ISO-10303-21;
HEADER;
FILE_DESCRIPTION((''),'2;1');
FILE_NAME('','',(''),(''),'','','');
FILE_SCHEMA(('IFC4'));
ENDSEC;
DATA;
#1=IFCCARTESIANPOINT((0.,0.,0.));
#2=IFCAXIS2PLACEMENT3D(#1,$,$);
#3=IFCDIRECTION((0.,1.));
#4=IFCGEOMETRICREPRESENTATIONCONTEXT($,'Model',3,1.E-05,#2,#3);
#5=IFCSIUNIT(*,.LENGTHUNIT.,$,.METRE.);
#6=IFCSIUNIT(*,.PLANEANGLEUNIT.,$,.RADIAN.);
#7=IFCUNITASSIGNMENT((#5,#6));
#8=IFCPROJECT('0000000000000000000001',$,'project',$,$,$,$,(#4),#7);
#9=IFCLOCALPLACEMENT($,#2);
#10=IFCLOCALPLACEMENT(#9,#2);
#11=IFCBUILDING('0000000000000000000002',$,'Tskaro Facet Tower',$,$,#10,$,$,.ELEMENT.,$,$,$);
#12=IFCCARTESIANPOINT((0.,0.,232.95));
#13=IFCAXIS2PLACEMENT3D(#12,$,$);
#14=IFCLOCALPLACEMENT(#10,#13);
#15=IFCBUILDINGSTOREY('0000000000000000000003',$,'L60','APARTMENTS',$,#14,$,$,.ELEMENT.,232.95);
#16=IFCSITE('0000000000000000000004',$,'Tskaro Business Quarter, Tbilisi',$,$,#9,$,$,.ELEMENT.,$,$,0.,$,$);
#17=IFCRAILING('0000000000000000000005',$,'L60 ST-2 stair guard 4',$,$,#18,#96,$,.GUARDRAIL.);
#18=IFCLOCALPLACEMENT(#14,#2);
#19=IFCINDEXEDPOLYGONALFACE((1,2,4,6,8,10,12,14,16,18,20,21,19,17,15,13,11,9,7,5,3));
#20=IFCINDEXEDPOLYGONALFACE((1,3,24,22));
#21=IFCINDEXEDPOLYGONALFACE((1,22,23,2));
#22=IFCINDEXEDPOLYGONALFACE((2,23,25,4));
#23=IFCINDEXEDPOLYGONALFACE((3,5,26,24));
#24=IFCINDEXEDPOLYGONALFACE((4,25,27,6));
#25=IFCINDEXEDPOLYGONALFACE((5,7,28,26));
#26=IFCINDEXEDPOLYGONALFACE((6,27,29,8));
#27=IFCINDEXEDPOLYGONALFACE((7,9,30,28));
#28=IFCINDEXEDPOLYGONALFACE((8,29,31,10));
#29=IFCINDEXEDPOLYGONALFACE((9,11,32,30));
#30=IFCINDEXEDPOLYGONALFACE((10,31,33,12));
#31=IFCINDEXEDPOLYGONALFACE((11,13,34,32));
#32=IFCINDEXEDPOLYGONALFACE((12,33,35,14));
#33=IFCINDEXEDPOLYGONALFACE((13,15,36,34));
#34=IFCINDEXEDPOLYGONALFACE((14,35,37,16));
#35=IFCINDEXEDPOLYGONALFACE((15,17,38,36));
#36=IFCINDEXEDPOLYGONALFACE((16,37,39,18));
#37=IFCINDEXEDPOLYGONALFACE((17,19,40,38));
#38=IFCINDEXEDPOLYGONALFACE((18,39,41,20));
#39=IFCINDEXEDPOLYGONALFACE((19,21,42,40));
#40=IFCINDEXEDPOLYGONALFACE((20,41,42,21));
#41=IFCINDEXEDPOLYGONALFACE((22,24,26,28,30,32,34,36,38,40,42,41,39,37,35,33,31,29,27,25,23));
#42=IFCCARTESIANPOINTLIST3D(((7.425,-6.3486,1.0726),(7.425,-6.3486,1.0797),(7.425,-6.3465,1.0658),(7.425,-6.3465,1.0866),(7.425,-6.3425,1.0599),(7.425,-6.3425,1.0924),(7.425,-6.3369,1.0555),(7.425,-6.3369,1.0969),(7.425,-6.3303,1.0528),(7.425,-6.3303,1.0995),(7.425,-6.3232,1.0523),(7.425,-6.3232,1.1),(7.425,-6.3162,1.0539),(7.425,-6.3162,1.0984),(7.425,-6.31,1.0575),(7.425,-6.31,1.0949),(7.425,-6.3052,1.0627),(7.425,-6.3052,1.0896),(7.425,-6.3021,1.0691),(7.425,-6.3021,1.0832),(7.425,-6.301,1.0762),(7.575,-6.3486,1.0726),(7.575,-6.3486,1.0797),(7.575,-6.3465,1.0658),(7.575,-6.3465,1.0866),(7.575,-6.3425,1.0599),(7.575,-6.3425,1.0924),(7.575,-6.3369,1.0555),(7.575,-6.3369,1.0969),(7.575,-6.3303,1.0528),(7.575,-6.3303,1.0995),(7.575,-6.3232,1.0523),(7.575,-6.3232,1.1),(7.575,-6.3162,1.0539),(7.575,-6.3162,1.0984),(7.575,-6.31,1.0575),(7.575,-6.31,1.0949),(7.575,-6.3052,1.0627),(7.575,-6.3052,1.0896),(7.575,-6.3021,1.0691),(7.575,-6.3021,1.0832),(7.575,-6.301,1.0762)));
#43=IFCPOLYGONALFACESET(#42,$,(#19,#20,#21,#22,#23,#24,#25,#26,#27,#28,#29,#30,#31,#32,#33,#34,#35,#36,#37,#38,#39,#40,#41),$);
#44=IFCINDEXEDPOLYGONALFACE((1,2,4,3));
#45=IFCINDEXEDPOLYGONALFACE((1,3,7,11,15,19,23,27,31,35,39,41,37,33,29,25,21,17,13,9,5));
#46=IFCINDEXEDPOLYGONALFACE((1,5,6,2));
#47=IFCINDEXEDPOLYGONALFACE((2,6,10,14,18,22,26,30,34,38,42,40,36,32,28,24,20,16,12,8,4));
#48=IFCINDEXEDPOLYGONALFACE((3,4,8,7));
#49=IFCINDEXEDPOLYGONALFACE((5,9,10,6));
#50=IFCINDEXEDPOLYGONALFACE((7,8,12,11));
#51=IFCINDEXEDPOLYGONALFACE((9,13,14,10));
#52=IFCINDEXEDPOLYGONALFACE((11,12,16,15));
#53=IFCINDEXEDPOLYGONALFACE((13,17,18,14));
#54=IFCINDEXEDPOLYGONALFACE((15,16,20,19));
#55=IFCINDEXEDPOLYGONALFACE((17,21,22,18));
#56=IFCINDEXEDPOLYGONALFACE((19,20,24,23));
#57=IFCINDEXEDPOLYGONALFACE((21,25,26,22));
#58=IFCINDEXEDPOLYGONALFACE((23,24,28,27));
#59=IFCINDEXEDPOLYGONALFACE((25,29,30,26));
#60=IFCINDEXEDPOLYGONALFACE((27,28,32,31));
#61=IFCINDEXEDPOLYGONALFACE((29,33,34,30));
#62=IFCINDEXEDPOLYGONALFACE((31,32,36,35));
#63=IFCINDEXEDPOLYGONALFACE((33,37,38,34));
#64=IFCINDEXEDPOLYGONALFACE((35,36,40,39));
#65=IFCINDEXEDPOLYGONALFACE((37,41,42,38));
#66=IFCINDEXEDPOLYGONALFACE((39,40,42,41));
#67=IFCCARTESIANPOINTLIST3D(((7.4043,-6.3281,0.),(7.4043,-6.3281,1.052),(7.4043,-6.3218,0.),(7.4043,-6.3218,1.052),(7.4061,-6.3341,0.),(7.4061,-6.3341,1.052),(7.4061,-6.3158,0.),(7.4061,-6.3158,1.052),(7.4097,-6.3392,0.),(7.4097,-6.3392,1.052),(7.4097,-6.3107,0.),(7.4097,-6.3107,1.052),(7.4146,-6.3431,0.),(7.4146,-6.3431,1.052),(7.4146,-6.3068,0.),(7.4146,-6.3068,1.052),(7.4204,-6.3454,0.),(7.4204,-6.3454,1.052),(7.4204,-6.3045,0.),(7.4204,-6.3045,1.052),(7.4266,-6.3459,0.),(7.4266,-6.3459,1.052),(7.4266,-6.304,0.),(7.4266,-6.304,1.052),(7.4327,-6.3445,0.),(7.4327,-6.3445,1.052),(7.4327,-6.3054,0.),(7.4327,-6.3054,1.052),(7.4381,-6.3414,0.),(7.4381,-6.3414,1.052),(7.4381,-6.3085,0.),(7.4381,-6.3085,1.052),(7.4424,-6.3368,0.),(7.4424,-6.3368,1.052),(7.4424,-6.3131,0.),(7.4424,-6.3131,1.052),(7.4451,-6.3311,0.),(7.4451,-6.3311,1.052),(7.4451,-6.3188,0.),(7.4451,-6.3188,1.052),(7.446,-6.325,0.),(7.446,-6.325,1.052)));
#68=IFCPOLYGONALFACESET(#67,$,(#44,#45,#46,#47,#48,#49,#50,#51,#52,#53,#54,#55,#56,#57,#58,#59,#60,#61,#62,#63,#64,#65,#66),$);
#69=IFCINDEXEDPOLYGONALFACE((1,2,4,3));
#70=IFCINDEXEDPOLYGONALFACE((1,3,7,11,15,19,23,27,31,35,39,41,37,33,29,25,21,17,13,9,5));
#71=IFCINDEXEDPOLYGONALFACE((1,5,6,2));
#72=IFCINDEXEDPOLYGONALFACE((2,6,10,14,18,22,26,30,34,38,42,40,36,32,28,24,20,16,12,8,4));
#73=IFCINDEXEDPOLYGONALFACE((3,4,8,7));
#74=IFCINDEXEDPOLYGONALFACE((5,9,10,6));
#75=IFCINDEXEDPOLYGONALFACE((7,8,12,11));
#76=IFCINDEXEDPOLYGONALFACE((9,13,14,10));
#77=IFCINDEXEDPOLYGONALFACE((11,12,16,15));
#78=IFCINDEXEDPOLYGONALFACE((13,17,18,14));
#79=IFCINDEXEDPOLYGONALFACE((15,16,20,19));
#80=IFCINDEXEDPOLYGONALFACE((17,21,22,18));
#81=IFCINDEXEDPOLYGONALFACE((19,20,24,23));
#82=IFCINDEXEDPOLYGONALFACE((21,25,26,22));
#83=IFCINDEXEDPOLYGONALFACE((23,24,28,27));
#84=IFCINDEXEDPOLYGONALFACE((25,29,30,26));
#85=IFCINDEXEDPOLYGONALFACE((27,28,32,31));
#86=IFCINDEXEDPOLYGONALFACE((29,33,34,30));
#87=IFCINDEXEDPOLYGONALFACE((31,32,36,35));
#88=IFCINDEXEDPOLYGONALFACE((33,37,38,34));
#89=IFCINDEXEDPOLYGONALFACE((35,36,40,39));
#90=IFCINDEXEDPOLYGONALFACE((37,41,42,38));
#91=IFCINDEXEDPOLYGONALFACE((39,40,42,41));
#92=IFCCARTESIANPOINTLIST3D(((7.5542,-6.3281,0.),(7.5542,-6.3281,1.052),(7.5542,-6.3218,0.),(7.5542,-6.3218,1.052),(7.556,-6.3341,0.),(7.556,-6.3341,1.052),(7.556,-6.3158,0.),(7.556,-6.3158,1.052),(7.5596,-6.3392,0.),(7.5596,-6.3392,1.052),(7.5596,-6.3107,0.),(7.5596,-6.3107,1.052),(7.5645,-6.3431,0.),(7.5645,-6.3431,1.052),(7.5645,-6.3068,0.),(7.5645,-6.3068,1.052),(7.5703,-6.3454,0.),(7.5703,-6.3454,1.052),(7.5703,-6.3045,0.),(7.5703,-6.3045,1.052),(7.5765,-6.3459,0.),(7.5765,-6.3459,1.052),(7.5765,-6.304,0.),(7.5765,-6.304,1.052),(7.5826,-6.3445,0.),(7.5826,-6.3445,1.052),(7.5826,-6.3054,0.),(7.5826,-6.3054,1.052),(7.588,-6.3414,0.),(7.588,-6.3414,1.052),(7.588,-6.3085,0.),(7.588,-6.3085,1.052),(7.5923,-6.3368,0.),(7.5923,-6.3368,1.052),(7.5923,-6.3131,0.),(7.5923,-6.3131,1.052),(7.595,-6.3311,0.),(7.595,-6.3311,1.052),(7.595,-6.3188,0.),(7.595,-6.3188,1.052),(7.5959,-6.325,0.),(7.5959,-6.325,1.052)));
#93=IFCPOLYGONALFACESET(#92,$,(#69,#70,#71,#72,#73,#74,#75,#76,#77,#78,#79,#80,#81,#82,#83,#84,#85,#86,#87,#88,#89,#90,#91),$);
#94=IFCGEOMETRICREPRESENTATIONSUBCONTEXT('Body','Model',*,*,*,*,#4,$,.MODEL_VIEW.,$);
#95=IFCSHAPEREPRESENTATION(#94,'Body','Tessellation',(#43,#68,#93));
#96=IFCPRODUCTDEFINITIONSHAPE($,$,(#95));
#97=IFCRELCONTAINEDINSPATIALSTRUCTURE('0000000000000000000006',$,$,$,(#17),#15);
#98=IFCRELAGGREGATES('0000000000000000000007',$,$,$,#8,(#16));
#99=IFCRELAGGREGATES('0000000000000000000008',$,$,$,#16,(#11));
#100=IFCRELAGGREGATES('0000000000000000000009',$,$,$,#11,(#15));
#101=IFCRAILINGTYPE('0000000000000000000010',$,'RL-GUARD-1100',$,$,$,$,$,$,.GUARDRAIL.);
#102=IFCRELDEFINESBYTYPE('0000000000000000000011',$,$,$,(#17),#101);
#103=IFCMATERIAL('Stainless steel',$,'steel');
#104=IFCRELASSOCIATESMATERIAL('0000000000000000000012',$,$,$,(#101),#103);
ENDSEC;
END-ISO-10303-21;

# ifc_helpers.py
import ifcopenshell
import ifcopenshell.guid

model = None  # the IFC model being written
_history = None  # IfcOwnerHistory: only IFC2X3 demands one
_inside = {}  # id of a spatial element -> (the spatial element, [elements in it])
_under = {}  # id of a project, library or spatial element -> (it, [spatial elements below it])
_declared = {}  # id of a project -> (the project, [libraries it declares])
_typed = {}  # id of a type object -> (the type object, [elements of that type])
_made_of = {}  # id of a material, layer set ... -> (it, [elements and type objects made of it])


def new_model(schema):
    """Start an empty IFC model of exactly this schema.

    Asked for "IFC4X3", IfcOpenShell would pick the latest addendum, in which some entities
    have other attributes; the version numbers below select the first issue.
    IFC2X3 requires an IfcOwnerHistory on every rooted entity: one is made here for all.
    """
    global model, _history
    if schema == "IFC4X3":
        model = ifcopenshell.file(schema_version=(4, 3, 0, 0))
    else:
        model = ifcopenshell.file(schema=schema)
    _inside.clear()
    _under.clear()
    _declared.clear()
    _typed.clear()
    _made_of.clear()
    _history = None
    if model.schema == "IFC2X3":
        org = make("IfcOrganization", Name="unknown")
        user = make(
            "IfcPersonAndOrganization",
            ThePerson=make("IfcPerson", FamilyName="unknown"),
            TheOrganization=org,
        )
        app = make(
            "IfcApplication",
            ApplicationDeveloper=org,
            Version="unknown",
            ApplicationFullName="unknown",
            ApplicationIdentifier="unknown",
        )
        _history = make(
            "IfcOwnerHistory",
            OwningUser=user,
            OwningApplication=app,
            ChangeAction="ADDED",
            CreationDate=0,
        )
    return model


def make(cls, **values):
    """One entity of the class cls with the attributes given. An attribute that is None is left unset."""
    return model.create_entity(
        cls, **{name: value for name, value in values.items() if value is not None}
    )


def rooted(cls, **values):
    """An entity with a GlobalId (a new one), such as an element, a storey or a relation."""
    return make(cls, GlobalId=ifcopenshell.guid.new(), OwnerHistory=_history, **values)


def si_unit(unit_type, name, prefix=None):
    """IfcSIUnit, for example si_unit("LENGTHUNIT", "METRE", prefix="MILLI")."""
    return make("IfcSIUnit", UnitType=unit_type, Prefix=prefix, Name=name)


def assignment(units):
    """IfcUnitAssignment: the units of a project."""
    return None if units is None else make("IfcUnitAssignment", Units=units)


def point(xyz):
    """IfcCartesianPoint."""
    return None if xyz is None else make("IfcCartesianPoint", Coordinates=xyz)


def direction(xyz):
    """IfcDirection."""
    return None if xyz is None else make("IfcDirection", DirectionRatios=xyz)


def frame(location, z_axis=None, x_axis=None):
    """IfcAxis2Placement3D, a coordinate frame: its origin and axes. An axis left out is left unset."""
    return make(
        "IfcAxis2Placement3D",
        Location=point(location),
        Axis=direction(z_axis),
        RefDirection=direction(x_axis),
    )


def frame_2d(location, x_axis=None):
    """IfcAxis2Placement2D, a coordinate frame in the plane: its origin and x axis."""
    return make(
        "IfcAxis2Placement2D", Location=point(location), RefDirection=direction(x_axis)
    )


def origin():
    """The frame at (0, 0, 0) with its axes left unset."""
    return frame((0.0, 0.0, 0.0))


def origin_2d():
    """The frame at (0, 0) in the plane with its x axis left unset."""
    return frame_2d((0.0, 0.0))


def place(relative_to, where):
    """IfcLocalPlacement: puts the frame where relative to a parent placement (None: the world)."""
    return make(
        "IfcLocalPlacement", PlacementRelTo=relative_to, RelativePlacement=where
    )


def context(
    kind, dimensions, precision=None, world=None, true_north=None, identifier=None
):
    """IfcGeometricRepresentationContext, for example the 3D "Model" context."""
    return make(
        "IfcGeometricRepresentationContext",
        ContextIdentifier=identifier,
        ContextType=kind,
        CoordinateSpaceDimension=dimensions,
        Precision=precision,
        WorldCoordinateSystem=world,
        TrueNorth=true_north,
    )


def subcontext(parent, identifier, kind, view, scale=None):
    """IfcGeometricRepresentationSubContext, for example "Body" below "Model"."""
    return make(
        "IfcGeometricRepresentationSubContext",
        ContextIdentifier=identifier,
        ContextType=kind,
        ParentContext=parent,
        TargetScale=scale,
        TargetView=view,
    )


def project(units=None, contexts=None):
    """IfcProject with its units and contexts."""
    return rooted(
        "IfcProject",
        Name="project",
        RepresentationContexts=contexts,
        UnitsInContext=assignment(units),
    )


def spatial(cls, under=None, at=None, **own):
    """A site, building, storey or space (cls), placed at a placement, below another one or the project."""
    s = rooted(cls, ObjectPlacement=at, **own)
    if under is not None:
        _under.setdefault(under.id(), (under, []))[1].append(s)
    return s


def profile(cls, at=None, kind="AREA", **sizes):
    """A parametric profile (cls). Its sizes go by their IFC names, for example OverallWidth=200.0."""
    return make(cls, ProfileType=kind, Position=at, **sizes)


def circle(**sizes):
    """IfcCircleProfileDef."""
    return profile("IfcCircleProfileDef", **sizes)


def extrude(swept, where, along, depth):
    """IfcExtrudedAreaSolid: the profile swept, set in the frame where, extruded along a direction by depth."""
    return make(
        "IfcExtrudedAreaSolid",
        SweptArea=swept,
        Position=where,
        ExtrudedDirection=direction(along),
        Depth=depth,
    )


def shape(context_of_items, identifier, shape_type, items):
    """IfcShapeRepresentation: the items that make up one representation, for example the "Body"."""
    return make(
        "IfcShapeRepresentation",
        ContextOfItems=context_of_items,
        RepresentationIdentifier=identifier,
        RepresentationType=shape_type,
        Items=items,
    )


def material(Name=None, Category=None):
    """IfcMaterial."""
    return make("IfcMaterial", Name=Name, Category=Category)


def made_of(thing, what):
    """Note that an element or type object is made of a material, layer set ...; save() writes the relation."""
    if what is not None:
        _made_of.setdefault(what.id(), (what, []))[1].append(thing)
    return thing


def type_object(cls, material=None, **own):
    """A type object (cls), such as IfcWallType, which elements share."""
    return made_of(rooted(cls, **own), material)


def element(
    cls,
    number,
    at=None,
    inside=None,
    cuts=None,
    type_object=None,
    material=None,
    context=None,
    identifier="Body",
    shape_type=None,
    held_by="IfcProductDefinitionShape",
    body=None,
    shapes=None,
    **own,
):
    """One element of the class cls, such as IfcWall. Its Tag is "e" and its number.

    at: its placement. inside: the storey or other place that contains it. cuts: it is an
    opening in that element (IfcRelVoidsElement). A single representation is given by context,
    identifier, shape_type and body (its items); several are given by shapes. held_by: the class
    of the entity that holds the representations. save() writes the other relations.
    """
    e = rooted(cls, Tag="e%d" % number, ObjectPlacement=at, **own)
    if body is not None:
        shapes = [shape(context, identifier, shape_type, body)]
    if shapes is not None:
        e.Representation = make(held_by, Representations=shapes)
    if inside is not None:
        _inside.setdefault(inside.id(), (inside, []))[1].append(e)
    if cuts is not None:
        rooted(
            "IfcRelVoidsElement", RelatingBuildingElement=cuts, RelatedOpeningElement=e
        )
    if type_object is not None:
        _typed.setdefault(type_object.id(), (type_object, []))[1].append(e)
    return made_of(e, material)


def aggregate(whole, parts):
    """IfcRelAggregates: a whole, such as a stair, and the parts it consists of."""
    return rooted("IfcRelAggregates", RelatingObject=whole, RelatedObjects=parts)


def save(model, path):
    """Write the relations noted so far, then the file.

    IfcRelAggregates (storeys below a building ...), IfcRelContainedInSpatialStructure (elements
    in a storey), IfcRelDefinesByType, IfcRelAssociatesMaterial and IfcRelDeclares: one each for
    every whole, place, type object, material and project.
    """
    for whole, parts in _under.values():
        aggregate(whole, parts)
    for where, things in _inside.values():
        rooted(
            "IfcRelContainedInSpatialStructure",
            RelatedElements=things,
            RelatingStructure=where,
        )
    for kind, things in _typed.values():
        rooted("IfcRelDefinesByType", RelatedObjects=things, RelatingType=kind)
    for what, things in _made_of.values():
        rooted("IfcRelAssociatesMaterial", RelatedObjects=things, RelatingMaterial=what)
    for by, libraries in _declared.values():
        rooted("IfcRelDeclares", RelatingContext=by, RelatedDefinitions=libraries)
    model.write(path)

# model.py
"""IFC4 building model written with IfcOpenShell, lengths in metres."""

from ifc_helpers import new_model, si_unit, direction, frame, origin, origin_2d, place, context, subcontext, project, spatial, circle, extrude, material, type_object, element, save


model = new_model("IFC4")

# Units and contexts
model_context = context("Model", 3, precision=1e-05, world=origin(), true_north=direction((0.0, 1.0)))
body_context = subcontext(model_context, "Body", "Model", "MODEL_VIEW")
ifc_project = project(units=[si_unit("LENGTHUNIT", "METRE"), si_unit("PLANEANGLEUNIT", "RADIAN")], contexts=[model_context])

# Site, building, storey
site_placement = place(None, origin())
site = spatial("IfcSite", under=ifc_project, at=site_placement, Name="Tskaro Business Quarter, Tbilisi", CompositionType="ELEMENT", RefElevation=0.0)
building_placement = place(site_placement, origin())
building = spatial("IfcBuilding", under=site, at=building_placement, Name="Tskaro Facet Tower", CompositionType="ELEMENT")
storey_placement = place(building_placement, frame((0.0, 0.0, 232.95)))
storey = spatial("IfcBuildingStorey", under=building, at=storey_placement, Name="L60", Description="APARTMENTS", CompositionType="ELEMENT", Elevation=232.95)

# Railing
ifc_material_1 = material(Name="Stainless steel", Category="steel")
railing_type_1 = type_object("IfcRailingType", Name="RL-GUARD-1100", PredefinedType="GUARDRAIL", material=ifc_material_1)
railing_1_placement = place(storey_placement, frame((7.425, -6.325, 0.0)))
element("IfcRailing", 1, at=railing_1_placement, inside=storey, type_object=railing_type_1, Name="L60 ST-2 stair guard 4", PredefinedType="GUARDRAIL", context=body_context, shape_type="SweptSolid", body=[
    extrude(circle(Radius=0.0239, at=origin_2d()), frame((0.0, 0.0, 1.0762), z_axis=(1.0, 0.0, 0.0), x_axis=(0.0, 1.0, 0.0)), (0.0, 0.0, 1.0), 0.1499),
    extrude(circle(Radius=0.021, at=origin_2d()), origin(), (0.0, 0.0, 1.0), 1.052),
    extrude(circle(Radius=0.021, at=origin_2d()), frame((0.1499, 0.0, 0.0)), (0.0, 0.0, 1.0), 1.052),
])

save(model, "model.ifc")
